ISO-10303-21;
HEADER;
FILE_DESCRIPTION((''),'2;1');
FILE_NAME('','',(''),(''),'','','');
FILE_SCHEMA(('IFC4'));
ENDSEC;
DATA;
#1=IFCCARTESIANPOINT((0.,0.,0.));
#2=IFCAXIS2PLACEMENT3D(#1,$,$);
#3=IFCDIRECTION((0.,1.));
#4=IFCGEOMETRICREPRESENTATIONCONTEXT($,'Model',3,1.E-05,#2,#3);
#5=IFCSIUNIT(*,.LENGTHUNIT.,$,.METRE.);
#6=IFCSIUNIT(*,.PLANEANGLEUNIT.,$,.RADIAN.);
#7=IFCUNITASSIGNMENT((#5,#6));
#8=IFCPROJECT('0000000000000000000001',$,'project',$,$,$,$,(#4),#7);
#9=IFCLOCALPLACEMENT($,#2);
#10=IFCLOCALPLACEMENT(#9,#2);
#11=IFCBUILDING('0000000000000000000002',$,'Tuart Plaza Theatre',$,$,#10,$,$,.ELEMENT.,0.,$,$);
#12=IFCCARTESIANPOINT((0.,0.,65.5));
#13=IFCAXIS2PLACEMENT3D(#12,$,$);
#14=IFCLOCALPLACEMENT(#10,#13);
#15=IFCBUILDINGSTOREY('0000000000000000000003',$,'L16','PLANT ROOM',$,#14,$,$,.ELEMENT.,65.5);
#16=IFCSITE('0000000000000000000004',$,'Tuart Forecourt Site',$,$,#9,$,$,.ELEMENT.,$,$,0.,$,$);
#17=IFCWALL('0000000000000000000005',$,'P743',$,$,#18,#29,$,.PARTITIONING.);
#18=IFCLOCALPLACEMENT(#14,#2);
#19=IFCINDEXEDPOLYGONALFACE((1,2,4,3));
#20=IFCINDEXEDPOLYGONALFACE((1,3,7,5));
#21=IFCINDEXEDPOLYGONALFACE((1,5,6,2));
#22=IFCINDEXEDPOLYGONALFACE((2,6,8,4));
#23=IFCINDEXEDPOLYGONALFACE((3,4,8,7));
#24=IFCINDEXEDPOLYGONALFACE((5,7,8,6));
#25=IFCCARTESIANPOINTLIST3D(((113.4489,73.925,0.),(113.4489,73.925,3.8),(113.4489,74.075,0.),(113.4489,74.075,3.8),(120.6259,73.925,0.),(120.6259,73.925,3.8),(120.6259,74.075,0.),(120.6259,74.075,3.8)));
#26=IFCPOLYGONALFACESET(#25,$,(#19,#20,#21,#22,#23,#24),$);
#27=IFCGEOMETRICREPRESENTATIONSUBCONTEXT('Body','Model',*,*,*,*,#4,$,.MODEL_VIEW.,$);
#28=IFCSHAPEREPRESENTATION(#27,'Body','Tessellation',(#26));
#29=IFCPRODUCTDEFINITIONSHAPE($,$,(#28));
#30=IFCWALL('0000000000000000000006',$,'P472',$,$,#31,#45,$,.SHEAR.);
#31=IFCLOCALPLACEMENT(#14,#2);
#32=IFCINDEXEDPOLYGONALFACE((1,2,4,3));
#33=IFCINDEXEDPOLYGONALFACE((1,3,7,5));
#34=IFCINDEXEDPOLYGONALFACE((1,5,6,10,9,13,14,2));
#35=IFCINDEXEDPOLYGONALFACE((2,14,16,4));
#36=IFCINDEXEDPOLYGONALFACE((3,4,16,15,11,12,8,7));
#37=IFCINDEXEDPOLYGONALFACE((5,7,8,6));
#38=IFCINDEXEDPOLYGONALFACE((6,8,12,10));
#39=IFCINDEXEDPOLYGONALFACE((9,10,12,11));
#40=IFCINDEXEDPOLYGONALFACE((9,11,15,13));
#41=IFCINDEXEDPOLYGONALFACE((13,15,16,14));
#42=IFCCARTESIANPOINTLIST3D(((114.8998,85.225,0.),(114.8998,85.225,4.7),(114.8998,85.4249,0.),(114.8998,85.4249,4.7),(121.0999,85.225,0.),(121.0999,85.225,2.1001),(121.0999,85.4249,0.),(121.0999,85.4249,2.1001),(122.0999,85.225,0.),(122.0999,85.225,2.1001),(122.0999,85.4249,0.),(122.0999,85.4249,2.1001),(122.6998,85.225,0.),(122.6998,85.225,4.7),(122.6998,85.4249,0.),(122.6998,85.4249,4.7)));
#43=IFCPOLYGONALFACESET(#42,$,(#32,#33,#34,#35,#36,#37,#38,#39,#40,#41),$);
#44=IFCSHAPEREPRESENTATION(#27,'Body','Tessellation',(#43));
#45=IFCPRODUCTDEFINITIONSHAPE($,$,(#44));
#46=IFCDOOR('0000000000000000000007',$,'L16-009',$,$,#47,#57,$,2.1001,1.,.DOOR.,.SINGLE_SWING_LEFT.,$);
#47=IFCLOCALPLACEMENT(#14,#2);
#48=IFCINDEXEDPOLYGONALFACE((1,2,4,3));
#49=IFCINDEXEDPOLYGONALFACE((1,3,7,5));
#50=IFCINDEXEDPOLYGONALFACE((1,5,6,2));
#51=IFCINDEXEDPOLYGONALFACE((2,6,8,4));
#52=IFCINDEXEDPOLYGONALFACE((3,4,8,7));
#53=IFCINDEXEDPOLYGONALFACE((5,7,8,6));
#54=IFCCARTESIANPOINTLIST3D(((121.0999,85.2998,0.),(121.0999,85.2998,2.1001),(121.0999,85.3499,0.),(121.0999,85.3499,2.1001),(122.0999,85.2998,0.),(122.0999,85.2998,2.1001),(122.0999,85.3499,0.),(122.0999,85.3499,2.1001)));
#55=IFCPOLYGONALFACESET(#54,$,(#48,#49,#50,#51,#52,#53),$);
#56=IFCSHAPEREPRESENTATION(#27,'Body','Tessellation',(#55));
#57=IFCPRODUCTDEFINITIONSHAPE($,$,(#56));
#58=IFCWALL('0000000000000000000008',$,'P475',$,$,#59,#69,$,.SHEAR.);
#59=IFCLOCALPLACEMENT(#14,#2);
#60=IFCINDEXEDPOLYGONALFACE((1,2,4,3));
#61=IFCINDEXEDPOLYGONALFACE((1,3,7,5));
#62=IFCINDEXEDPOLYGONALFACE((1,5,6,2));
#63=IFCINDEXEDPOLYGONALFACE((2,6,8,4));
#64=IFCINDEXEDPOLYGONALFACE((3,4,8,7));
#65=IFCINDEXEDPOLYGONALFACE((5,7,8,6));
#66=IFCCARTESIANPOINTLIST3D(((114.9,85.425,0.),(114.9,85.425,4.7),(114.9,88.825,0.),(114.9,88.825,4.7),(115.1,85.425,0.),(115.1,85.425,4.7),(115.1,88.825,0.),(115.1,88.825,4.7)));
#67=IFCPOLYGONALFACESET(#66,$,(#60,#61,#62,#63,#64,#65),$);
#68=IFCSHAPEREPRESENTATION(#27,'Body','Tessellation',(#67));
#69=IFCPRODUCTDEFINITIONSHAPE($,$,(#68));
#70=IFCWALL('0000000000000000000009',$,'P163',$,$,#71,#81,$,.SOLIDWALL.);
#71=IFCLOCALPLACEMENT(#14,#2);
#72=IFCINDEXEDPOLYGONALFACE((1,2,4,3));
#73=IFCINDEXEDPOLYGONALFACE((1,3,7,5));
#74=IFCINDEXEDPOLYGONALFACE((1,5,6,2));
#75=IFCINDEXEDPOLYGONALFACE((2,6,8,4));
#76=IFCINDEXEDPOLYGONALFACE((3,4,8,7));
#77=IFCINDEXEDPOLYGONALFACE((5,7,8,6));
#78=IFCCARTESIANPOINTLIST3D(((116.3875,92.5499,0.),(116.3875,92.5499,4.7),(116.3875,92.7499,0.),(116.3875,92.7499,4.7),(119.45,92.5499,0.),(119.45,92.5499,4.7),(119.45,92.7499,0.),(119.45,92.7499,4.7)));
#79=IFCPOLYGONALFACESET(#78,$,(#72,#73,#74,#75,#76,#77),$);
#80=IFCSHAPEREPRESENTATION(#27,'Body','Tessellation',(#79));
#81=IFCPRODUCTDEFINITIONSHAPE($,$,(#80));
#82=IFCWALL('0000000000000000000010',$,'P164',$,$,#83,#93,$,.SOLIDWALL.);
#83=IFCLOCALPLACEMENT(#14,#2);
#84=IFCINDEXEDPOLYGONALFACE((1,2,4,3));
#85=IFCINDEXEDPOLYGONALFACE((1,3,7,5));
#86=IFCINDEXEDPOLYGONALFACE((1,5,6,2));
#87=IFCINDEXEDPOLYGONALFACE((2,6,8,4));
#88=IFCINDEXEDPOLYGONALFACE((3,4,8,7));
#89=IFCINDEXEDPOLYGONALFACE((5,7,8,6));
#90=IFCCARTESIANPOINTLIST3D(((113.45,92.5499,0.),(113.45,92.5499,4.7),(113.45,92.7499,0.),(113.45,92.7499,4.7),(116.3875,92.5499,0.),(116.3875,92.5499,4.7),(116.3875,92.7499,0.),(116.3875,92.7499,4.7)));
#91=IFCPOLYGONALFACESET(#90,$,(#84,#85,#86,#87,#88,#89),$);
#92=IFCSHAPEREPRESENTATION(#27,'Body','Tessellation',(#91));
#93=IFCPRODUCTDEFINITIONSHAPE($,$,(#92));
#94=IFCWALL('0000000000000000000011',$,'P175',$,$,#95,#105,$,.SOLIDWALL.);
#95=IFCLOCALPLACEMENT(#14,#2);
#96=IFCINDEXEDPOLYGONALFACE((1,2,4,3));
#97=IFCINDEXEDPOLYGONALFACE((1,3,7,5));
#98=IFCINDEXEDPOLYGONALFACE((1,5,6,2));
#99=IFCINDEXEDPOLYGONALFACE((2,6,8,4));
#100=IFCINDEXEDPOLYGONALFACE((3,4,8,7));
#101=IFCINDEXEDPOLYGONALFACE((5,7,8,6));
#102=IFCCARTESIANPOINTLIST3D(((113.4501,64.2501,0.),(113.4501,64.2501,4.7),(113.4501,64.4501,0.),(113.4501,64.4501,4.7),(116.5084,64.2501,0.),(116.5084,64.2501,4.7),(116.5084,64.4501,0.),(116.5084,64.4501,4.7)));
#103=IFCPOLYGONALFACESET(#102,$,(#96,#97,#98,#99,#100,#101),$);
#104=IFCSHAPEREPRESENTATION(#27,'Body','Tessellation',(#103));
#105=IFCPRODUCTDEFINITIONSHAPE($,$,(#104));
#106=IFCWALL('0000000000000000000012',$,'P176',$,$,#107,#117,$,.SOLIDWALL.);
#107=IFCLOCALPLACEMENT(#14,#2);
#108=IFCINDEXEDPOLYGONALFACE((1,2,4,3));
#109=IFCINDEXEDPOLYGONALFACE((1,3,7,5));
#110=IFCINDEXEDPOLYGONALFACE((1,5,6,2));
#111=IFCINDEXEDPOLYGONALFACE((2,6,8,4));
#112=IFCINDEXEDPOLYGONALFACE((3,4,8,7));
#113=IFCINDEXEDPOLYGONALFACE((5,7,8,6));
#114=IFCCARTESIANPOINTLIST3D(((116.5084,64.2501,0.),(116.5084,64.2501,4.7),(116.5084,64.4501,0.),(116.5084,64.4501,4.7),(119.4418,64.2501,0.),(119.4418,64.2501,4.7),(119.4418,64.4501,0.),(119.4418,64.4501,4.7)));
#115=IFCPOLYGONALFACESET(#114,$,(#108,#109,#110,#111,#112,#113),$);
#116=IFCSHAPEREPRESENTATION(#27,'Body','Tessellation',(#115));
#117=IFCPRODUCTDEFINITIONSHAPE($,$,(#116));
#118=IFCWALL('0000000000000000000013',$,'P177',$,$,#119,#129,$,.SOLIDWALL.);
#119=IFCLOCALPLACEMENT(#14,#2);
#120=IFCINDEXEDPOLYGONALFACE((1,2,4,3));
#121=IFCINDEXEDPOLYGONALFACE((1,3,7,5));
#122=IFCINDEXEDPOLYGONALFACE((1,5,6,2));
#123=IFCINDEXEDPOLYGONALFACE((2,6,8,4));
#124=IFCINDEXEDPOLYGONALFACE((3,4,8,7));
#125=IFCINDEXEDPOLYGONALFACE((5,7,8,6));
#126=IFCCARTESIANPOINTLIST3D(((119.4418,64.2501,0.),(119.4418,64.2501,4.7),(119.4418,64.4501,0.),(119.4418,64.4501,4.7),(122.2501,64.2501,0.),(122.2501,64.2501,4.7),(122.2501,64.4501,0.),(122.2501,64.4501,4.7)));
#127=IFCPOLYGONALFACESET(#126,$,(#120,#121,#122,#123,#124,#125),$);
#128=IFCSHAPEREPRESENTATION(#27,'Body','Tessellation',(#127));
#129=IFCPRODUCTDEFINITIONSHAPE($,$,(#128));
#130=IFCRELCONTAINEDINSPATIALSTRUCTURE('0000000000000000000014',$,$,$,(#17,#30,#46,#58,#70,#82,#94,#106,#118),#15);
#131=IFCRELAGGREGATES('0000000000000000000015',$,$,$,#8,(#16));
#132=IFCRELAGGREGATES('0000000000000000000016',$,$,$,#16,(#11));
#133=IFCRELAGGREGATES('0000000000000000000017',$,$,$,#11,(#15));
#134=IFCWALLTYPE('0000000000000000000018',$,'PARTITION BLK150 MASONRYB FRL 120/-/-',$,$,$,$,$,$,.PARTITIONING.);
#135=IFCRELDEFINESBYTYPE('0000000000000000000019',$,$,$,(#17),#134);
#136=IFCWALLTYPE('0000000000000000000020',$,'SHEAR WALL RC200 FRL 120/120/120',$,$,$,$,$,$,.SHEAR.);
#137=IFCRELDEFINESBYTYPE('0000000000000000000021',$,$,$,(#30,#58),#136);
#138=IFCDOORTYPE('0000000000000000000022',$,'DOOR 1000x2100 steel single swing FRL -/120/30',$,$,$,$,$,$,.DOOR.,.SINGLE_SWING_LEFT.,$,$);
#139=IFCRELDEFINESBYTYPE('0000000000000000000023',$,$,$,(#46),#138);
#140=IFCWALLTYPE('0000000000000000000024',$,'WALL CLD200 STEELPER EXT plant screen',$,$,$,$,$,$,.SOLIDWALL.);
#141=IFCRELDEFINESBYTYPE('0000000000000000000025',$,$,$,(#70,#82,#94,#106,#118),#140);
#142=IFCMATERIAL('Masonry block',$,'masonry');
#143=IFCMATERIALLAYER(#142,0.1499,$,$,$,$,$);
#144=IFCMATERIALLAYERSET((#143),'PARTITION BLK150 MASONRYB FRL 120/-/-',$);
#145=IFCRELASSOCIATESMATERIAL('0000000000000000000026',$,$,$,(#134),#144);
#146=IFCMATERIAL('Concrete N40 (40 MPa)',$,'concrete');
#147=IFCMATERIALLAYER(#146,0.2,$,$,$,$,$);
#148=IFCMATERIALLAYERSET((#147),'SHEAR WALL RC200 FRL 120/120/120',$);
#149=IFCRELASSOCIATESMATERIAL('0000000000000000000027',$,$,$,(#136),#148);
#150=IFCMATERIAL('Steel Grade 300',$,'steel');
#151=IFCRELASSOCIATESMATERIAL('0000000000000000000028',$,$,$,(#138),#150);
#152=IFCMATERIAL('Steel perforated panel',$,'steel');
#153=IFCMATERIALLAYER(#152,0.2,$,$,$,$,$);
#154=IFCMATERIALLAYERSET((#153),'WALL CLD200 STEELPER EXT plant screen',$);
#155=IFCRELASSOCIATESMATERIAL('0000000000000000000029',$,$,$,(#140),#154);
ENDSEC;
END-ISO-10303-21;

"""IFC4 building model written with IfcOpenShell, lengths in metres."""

from ifc_helpers import new_model, si_unit, direction, frame, frame_2d, origin, place, context, subcontext, project, spatial, rectangle, extrude, material, layer, layer_set, type_object, element, fill, save


model = new_model("IFC4")

# Units and contexts
model_context = context("Model", 3, precision=1e-05, world=origin(), true_north=direction((0.0, 1.0)))
body_context = subcontext(model_context, "Body", "Model", "MODEL_VIEW")
ifc_project = project(units=[si_unit("LENGTHUNIT", "METRE"), si_unit("PLANEANGLEUNIT", "RADIAN")], contexts=[model_context])

# Site, building, storey
site_placement = place(None, origin())
site = spatial("IfcSite", under=ifc_project, at=site_placement, Name="Tuart Forecourt Site", CompositionType="ELEMENT", RefElevation=0.0)
building_placement = place(site_placement, origin())
building = spatial("IfcBuilding", under=site, at=building_placement, Name="Tuart Plaza Theatre", CompositionType="ELEMENT", ElevationOfRefHeight=0.0)
storey_placement = place(building_placement, frame((0.0, 0.0, 65.5)))
storey = spatial("IfcBuildingStorey", under=building, at=storey_placement, Name="L16", Description="PLANT ROOM", CompositionType="ELEMENT", Elevation=65.5)

# Shared definitions
ifc_material_1 = material(Name="Masonry block", Category="masonry")
ifc_layer_1 = layer(ifc_material_1, 0.1499)
ifc_layer_set_1 = layer_set([ifc_layer_1], Name="PARTITION BLK150 MASONRYB FRL 120/-/-")
wall_type_1 = type_object("IfcWallType", Name="PARTITION BLK150 MASONRYB FRL 120/-/-", PredefinedType="PARTITIONING", material=ifc_layer_set_1)

# Wall
wall_1_placement = place(storey_placement, frame((113.449, 74.0, 0.0), z_axis=(0.0, 0.0, 1.0), x_axis=(1.0, 0.0, 0.0)))
element("IfcWall", 1, at=wall_1_placement, inside=storey, type_object=wall_type_1, Name="P743", PredefinedType="PARTITIONING", context=body_context, shape_type="SweptSolid", body=[
    extrude(rectangle(XDim=7.177, YDim=0.1499, at=frame_2d((3.5884, 0.0))), origin(), (0.0, 0.0, 1.0), 3.8),
])

# Wall, opening, door
ifc_material_2 = material(Name="Concrete N40 (40 MPa)", Category="concrete")
ifc_layer_2 = layer(ifc_material_2, 0.2)
ifc_layer_set_2 = layer_set([ifc_layer_2], Name="SHEAR WALL RC200 FRL 120/120/120")
wall_type_2 = type_object("IfcWallType", Name="SHEAR WALL RC200 FRL 120/120/120", PredefinedType="SHEAR", material=ifc_layer_set_2)
wall_2_placement = place(storey_placement, frame((114.8999, 85.325, 0.0), z_axis=(0.0, 0.0, 1.0), x_axis=(1.0, 0.0, 0.0)))
wall_2 = element("IfcWall", 2, at=wall_2_placement, inside=storey, type_object=wall_type_2, Name="P472", PredefinedType="SHEAR", context=body_context, shape_type="SweptSolid", body=[
    extrude(rectangle(XDim=7.8, YDim=0.2, at=frame_2d((3.8999, 0.0))), origin(), (0.0, 0.0, 1.0), 4.7),
])
opening_1_placement = place(wall_2_placement, frame((6.2, 0.0, 0.0)))
opening_1 = element("IfcOpeningElement", 3, at=opening_1_placement, cuts=wall_2, PredefinedType="OPENING", context=body_context, shape_type="SweptSolid", body=[
    extrude(rectangle(XDim=1.0, YDim=2.1001, at=frame_2d((0.5, 1.05))), frame((0.0, 0.1099, 0.0), z_axis=(0.0, -1.0, 0.0), x_axis=(1.0, 0.0, 0.0)), (0.0, 0.0, 1.0), 0.22),
])
ifc_material_3 = material(Name="Steel Grade 300", Category="steel")
door_type_1 = type_object("IfcDoorType", Name="DOOR 1000x2100 steel single swing FRL -/120/30", OperationType="SINGLE_SWING_LEFT", PredefinedType="DOOR", material=ifc_material_3)
door_1_placement = place(opening_1_placement, origin())
door_1 = element("IfcDoor", 4, at=door_1_placement, inside=storey, type_object=door_type_1, Name="L16-009", OperationType="SINGLE_SWING_LEFT", OverallHeight=2.1001, OverallWidth=1.0, PredefinedType="DOOR", context=body_context, shape_type="SweptSolid", body=[
    extrude(rectangle(XDim=1.0, YDim=2.1001, at=frame_2d((0.5, 1.05))), frame((0.0, 0.0249, 0.0), z_axis=(0.0, -1.0, 0.0), x_axis=(1.0, 0.0, 0.0)), (0.0, 0.0, 1.0), 0.05),
])
fill(opening_1, door_1)

# Walls
wall_3_placement = place(storey_placement, frame((115.0, 88.825, 0.0), z_axis=(0.0, 0.0, 1.0), x_axis=(0.0, -1.0, 0.0)))
element("IfcWall", 5, at=wall_3_placement, inside=storey, type_object=wall_type_2, Name="P475", PredefinedType="SHEAR", context=body_context, shape_type="SweptSolid", body=[
    extrude(rectangle(XDim=3.3999, YDim=0.2, at=frame_2d((1.7, 0.0))), origin(), (0.0, 0.0, 1.0), 4.7),
])
ifc_material_4 = material(Name="Steel perforated panel", Category="steel")
ifc_layer_3 = layer(ifc_material_4, 0.2)
ifc_layer_set_3 = layer_set([ifc_layer_3], Name="WALL CLD200 STEELPER EXT plant screen")
wall_type_3 = type_object("IfcWallType", Name="WALL CLD200 STEELPER EXT plant screen", PredefinedType="SOLIDWALL", material=ifc_layer_set_3)
wall_4_placement = place(storey_placement, frame((119.45, 92.6499, 0.0), z_axis=(0.0, 0.0, 1.0), x_axis=(-1.0, 0.0, 0.0)))
element("IfcWall", 6, at=wall_4_placement, inside=storey, type_object=wall_type_3, Name="P163", PredefinedType="SOLIDWALL", context=body_context, shape_type="SweptSolid", body=[
    extrude(rectangle(XDim=3.0625, YDim=0.2, at=frame_2d((1.5312, 0.0))), origin(), (0.0, 0.0, 1.0), 4.7),
])
wall_5_placement = place(storey_placement, frame((116.3875, 92.6499, 0.0), z_axis=(0.0, 0.0, 1.0), x_axis=(-1.0, 0.0, 0.0)))
element("IfcWall", 7, at=wall_5_placement, inside=storey, type_object=wall_type_3, Name="P164", PredefinedType="SOLIDWALL", context=body_context, shape_type="SweptSolid", body=[
    extrude(rectangle(XDim=2.9375, YDim=0.2, at=frame_2d((1.4688, 0.0))), origin(), (0.0, 0.0, 1.0), 4.7),
])
wall_6_placement = place(storey_placement, frame((113.45, 64.3501, 0.0), z_axis=(0.0, 0.0, 1.0), x_axis=(1.0, 0.0, 0.0)))
element("IfcWall", 8, at=wall_6_placement, inside=storey, type_object=wall_type_3, Name="P175", PredefinedType="SOLIDWALL", context=body_context, shape_type="SweptSolid", body=[
    extrude(rectangle(XDim=3.0583, YDim=0.2, at=frame_2d((1.5293, 0.0))), origin(), (0.0, 0.0, 1.0), 4.7),
])
wall_7_placement = place(storey_placement, frame((116.5083, 64.3501, 0.0), z_axis=(0.0, 0.0, 1.0), x_axis=(1.0, 0.0, 0.0)))
element("IfcWall", 9, at=wall_7_placement, inside=storey, type_object=wall_type_3, Name="P176", PredefinedType="SOLIDWALL", context=body_context, shape_type="SweptSolid", body=[
    extrude(rectangle(XDim=2.9333, YDim=0.2, at=frame_2d((1.4668, 0.0))), origin(), (0.0, 0.0, 1.0), 4.7),
])
wall_8_placement = place(storey_placement, frame((119.4417, 64.3501, 0.0), z_axis=(0.0, 0.0, 1.0), x_axis=(1.0, 0.0, 0.0)))
element("IfcWall", 10, at=wall_8_placement, inside=storey, type_object=wall_type_3, Name="P177", PredefinedType="SOLIDWALL", context=body_context, shape_type="SweptSolid", body=[
    extrude(rectangle(XDim=2.8083, YDim=0.2, at=frame_2d((1.4043, 0.0))), origin(), (0.0, 0.0, 1.0), 4.7),
])

save(model, "model.ifc")
